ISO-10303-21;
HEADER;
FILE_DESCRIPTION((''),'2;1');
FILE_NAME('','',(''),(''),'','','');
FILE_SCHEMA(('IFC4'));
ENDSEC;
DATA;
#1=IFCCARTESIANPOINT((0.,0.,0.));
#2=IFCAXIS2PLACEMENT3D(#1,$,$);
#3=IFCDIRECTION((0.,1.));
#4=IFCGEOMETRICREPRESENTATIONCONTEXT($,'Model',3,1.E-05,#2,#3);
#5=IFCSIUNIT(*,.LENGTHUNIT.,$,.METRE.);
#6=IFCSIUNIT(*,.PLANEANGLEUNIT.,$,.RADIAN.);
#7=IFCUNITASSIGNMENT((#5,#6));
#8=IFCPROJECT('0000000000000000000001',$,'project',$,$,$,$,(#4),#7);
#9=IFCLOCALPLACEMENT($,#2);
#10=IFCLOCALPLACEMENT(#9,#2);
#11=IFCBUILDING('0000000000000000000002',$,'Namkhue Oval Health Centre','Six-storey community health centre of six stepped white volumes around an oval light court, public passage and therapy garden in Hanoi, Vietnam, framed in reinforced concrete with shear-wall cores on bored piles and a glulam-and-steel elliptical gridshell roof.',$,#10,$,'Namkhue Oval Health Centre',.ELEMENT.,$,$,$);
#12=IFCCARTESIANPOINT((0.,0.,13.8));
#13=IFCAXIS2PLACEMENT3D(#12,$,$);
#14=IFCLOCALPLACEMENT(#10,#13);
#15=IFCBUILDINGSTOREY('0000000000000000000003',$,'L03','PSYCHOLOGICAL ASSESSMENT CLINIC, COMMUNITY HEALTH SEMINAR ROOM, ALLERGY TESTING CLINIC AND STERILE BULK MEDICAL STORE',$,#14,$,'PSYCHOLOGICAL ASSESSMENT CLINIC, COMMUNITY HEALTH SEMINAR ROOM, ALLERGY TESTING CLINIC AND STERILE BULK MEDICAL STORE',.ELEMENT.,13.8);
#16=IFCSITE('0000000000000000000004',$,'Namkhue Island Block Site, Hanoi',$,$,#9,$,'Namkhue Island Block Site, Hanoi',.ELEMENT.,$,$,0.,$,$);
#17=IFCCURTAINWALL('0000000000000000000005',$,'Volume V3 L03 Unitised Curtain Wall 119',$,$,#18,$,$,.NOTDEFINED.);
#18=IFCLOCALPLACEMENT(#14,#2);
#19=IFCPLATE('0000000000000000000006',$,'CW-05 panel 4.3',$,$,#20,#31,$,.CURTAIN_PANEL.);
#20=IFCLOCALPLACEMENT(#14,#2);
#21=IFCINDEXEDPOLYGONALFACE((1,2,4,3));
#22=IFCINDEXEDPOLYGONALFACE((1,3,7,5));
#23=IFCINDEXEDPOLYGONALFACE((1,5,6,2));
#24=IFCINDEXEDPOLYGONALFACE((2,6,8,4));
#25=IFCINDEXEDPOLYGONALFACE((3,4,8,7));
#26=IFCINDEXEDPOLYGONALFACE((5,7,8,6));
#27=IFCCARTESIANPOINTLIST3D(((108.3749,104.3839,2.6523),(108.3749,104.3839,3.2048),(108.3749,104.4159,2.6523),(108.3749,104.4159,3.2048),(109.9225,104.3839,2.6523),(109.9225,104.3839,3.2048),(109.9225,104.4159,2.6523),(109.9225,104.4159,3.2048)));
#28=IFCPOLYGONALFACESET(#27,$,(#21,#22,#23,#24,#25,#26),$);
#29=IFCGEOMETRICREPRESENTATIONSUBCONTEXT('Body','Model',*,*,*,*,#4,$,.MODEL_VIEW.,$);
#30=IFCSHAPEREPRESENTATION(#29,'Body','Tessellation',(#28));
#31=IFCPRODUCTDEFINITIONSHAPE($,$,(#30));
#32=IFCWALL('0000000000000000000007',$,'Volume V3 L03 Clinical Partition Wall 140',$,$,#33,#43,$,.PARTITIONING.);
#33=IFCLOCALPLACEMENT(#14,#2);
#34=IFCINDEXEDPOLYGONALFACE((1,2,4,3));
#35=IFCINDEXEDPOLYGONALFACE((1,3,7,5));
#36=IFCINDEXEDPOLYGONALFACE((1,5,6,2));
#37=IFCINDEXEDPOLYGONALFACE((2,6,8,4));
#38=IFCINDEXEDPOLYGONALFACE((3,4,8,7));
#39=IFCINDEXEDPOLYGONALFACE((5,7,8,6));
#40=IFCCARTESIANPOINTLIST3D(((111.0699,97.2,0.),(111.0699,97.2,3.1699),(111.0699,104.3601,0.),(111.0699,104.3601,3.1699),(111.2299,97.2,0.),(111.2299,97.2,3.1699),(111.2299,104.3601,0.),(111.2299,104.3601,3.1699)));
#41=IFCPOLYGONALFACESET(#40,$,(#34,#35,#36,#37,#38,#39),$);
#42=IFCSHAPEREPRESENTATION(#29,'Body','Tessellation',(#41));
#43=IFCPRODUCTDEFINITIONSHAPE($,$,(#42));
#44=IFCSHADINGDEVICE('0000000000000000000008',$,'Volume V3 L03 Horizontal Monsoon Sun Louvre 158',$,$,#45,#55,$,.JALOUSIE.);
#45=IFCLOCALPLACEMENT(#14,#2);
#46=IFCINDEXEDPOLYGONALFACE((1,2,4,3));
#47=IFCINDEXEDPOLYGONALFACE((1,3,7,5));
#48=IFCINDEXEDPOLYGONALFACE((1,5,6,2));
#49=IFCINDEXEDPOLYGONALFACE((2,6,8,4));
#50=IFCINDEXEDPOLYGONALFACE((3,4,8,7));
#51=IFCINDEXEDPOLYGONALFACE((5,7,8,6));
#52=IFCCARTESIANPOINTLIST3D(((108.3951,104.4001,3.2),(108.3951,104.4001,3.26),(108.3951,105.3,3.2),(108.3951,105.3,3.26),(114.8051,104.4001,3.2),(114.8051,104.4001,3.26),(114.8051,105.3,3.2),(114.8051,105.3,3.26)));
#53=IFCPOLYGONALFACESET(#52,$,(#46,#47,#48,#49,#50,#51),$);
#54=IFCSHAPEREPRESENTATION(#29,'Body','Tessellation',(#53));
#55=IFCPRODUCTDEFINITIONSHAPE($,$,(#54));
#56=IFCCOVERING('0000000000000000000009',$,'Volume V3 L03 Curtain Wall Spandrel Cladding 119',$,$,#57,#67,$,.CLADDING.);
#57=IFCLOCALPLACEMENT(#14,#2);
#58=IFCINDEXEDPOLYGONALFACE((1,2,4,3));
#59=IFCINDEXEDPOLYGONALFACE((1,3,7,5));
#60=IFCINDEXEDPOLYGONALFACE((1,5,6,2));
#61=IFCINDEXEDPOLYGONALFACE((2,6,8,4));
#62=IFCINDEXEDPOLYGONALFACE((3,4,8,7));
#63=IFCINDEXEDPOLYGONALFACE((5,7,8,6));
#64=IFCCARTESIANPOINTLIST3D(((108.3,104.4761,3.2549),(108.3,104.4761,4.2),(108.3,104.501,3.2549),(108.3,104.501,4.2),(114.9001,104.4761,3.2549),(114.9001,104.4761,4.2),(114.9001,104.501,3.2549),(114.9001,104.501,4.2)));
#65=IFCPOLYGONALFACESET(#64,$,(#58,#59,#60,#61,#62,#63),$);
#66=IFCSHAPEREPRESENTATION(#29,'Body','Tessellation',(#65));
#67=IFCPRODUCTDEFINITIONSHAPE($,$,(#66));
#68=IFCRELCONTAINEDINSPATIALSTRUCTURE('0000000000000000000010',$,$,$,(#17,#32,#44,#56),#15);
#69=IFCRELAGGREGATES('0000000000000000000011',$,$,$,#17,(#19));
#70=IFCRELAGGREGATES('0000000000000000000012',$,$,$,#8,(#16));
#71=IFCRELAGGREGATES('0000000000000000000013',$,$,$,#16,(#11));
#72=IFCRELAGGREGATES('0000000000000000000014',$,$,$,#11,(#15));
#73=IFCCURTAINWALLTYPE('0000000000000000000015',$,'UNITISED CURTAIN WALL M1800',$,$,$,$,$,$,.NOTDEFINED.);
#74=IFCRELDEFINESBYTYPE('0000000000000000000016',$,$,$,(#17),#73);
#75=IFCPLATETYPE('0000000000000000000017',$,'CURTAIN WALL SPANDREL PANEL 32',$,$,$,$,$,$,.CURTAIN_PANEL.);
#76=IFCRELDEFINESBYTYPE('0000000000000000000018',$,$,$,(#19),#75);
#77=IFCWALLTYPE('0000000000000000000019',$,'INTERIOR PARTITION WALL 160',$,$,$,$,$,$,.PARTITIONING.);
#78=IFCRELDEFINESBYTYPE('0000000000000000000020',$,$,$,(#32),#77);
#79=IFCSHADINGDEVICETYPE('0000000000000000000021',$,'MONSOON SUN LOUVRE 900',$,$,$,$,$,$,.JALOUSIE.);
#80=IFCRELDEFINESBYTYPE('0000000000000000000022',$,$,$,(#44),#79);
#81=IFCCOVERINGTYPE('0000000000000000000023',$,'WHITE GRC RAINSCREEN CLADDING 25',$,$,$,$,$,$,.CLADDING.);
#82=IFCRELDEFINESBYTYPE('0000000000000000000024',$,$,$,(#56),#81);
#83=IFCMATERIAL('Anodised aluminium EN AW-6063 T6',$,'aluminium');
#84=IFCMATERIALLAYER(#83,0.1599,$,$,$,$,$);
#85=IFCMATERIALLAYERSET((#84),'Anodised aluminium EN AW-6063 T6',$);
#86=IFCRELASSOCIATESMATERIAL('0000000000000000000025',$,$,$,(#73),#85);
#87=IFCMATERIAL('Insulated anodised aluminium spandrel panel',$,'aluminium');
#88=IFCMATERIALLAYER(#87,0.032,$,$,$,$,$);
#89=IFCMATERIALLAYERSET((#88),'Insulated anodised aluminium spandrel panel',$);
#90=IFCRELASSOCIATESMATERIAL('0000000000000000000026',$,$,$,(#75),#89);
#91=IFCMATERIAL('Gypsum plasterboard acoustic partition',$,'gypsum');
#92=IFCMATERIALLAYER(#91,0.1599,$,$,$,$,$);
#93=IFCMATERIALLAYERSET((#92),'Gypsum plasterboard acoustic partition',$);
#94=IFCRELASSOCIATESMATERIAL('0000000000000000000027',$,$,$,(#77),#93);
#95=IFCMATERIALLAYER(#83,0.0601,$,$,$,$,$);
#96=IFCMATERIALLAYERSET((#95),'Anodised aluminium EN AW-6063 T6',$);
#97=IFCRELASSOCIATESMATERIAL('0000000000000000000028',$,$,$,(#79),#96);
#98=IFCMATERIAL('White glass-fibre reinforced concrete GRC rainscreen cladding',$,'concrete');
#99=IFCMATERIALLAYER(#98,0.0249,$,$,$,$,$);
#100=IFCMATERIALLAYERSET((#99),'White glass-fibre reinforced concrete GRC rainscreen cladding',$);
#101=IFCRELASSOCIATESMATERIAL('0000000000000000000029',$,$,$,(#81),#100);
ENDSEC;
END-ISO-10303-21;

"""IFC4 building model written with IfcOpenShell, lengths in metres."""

from ifc_helpers import new_model, si_unit, direction, frame, frame_2d, origin, origin_2d, place, context, subcontext, project, spatial, rectangle, extrude, material, layer, layer_set, type_object, element, aggregate, save


model = new_model("IFC4")

# Units and contexts
model_context = context("Model", 3, precision=1e-05, world=origin(), true_north=direction((0.0, 1.0)))
body_context = subcontext(model_context, "Body", "Model", "MODEL_VIEW")
ifc_project = project(units=[si_unit("LENGTHUNIT", "METRE"), si_unit("PLANEANGLEUNIT", "RADIAN")], contexts=[model_context])

# Site, building, storey
site_placement = place(None, origin())
site = spatial("IfcSite", under=ifc_project, at=site_placement, Name="Namkhue Island Block Site, Hanoi", LongName="Namkhue Island Block Site, Hanoi", CompositionType="ELEMENT", RefElevation=0.0)
building_placement = place(site_placement, origin())
building = spatial("IfcBuilding", under=site, at=building_placement, Name="Namkhue Oval Health Centre", Description="Six-storey community health centre of six stepped white volumes around an oval light court, public passage and therapy garden in Hanoi, Vietnam, framed in reinforced concrete with shear-wall cores on bored piles and a glulam-and-steel elliptical gridshell roof.", LongName="Namkhue Oval Health Centre", CompositionType="ELEMENT")
storey_placement = place(building_placement, frame((0.0, 0.0, 13.8)))
storey = spatial("IfcBuildingStorey", under=building, at=storey_placement, Name="L03", Description="PSYCHOLOGICAL ASSESSMENT CLINIC, COMMUNITY HEALTH SEMINAR ROOM, ALLERGY TESTING CLINIC AND STERILE BULK MEDICAL STORE", LongName="PSYCHOLOGICAL ASSESSMENT CLINIC, COMMUNITY HEALTH SEMINAR ROOM, ALLERGY TESTING CLINIC AND STERILE BULK MEDICAL STORE", CompositionType="ELEMENT", Elevation=13.8)

# Curtain wall
ifc_material_1 = material(Name="Anodised aluminium EN AW-6063 T6", Category="aluminium")
ifc_layer_1 = layer(ifc_material_1, 0.1599)
ifc_layer_set_1 = layer_set([ifc_layer_1], Name="Anodised aluminium EN AW-6063 T6")
curtain_wall_type = type_object("IfcCurtainWallType", Name="UNITISED CURTAIN WALL M1800", PredefinedType="NOTDEFINED", material=ifc_layer_set_1)
curtain_wall_placement = place(storey_placement, origin())
curtain_wall = element("IfcCurtainWall", 1, at=curtain_wall_placement, inside=storey, type_object=curtain_wall_type, Name="Volume V3 L03 Unitised Curtain Wall 119", PredefinedType="NOTDEFINED")

# Plate
ifc_material_2 = material(Name="Insulated anodised aluminium spandrel panel", Category="aluminium")
ifc_layer_2 = layer(ifc_material_2, 0.032)
ifc_layer_set_2 = layer_set([ifc_layer_2], Name="Insulated anodised aluminium spandrel panel")
plate_type = type_object("IfcPlateType", Name="CURTAIN WALL SPANDREL PANEL 32", PredefinedType="CURTAIN_PANEL", material=ifc_layer_set_2)
plate_1_placement = place(storey_placement, frame((109.1487, 104.3999, 2.6523), z_axis=(0.0, 0.0, 1.0), x_axis=(-1.0, 0.0, 0.0)))
plate_1 = element("IfcPlate", 2, at=plate_1_placement, type_object=plate_type, Name="CW-05 panel 4.3", PredefinedType="CURTAIN_PANEL", context=body_context, shape_type="SweptSolid", body=[
    extrude(rectangle(XDim=1.5476, YDim=0.032, at=origin_2d()), origin(), (0.0, 0.0, 1.0), 0.5525),
])
aggregate(curtain_wall, [plate_1])

# Wall
ifc_material_3 = material(Name="Gypsum plasterboard acoustic partition", Category="gypsum")
ifc_layer_3 = layer(ifc_material_3, 0.1599)
ifc_layer_set_3 = layer_set([ifc_layer_3], Name="Gypsum plasterboard acoustic partition")
wall_type = type_object("IfcWallType", Name="INTERIOR PARTITION WALL 160", PredefinedType="PARTITIONING", material=ifc_layer_set_3)
wall_placement = place(storey_placement, frame((111.1499, 97.2, 0.0), z_axis=(0.0, 0.0, 1.0), x_axis=(0.0, 1.0, 0.0)))
element("IfcWall", 3, at=wall_placement, inside=storey, type_object=wall_type, Name="Volume V3 L03 Clinical Partition Wall 140", PredefinedType="PARTITIONING", context=body_context, shape_type="SweptSolid", body=[
    extrude(rectangle(XDim=7.1602, YDim=0.1599, at=frame_2d((3.5801, 0.0))), origin(), (0.0, 0.0, 1.0), 3.1699),
])

# Shading device
ifc_layer_4 = layer(ifc_material_1, 0.0601)
ifc_layer_set_4 = layer_set([ifc_layer_4], Name="Anodised aluminium EN AW-6063 T6")
shading_device_type = type_object("IfcShadingDeviceType", Name="MONSOON SUN LOUVRE 900", PredefinedType="JALOUSIE", material=ifc_layer_set_4)
shading_device_placement = place(storey_placement, frame((111.6001, 104.8501, 3.2), z_axis=(0.0, 0.0, 1.0), x_axis=(-1.0, 0.0, 0.0)))
element("IfcShadingDevice", 4, at=shading_device_placement, inside=storey, type_object=shading_device_type, Name="Volume V3 L03 Horizontal Monsoon Sun Louvre 158", PredefinedType="JALOUSIE", context=body_context, shape_type="SweptSolid", body=[
    extrude(rectangle(XDim=6.4099, YDim=0.8999, at=origin_2d()), origin(), (0.0, 0.0, 1.0), 0.0601),
])

# Covering
ifc_material_4 = material(Name="White glass-fibre reinforced concrete GRC rainscreen cladding", Category="concrete")
ifc_layer_5 = layer(ifc_material_4, 0.0249)
ifc_layer_set_5 = layer_set([ifc_layer_5], Name="White glass-fibre reinforced concrete GRC rainscreen cladding")
covering_type = type_object("IfcCoveringType", Name="WHITE GRC RAINSCREEN CLADDING 25", PredefinedType="CLADDING", material=ifc_layer_set_5)
covering_placement = place(storey_placement, frame((111.6001, 104.4885, 3.2549), z_axis=(0.0, 0.0, 1.0), x_axis=(-1.0, 0.0, 0.0)))
element("IfcCovering", 5, at=covering_placement, inside=storey, type_object=covering_type, Name="Volume V3 L03 Curtain Wall Spandrel Cladding 119", PredefinedType="CLADDING", context=body_context, shape_type="SweptSolid", body=[
    extrude(rectangle(XDim=6.6001, YDim=0.0249, at=origin_2d()), origin(), (0.0, 0.0, 1.0), 0.9451),
])

save(model, "model.ifc")
